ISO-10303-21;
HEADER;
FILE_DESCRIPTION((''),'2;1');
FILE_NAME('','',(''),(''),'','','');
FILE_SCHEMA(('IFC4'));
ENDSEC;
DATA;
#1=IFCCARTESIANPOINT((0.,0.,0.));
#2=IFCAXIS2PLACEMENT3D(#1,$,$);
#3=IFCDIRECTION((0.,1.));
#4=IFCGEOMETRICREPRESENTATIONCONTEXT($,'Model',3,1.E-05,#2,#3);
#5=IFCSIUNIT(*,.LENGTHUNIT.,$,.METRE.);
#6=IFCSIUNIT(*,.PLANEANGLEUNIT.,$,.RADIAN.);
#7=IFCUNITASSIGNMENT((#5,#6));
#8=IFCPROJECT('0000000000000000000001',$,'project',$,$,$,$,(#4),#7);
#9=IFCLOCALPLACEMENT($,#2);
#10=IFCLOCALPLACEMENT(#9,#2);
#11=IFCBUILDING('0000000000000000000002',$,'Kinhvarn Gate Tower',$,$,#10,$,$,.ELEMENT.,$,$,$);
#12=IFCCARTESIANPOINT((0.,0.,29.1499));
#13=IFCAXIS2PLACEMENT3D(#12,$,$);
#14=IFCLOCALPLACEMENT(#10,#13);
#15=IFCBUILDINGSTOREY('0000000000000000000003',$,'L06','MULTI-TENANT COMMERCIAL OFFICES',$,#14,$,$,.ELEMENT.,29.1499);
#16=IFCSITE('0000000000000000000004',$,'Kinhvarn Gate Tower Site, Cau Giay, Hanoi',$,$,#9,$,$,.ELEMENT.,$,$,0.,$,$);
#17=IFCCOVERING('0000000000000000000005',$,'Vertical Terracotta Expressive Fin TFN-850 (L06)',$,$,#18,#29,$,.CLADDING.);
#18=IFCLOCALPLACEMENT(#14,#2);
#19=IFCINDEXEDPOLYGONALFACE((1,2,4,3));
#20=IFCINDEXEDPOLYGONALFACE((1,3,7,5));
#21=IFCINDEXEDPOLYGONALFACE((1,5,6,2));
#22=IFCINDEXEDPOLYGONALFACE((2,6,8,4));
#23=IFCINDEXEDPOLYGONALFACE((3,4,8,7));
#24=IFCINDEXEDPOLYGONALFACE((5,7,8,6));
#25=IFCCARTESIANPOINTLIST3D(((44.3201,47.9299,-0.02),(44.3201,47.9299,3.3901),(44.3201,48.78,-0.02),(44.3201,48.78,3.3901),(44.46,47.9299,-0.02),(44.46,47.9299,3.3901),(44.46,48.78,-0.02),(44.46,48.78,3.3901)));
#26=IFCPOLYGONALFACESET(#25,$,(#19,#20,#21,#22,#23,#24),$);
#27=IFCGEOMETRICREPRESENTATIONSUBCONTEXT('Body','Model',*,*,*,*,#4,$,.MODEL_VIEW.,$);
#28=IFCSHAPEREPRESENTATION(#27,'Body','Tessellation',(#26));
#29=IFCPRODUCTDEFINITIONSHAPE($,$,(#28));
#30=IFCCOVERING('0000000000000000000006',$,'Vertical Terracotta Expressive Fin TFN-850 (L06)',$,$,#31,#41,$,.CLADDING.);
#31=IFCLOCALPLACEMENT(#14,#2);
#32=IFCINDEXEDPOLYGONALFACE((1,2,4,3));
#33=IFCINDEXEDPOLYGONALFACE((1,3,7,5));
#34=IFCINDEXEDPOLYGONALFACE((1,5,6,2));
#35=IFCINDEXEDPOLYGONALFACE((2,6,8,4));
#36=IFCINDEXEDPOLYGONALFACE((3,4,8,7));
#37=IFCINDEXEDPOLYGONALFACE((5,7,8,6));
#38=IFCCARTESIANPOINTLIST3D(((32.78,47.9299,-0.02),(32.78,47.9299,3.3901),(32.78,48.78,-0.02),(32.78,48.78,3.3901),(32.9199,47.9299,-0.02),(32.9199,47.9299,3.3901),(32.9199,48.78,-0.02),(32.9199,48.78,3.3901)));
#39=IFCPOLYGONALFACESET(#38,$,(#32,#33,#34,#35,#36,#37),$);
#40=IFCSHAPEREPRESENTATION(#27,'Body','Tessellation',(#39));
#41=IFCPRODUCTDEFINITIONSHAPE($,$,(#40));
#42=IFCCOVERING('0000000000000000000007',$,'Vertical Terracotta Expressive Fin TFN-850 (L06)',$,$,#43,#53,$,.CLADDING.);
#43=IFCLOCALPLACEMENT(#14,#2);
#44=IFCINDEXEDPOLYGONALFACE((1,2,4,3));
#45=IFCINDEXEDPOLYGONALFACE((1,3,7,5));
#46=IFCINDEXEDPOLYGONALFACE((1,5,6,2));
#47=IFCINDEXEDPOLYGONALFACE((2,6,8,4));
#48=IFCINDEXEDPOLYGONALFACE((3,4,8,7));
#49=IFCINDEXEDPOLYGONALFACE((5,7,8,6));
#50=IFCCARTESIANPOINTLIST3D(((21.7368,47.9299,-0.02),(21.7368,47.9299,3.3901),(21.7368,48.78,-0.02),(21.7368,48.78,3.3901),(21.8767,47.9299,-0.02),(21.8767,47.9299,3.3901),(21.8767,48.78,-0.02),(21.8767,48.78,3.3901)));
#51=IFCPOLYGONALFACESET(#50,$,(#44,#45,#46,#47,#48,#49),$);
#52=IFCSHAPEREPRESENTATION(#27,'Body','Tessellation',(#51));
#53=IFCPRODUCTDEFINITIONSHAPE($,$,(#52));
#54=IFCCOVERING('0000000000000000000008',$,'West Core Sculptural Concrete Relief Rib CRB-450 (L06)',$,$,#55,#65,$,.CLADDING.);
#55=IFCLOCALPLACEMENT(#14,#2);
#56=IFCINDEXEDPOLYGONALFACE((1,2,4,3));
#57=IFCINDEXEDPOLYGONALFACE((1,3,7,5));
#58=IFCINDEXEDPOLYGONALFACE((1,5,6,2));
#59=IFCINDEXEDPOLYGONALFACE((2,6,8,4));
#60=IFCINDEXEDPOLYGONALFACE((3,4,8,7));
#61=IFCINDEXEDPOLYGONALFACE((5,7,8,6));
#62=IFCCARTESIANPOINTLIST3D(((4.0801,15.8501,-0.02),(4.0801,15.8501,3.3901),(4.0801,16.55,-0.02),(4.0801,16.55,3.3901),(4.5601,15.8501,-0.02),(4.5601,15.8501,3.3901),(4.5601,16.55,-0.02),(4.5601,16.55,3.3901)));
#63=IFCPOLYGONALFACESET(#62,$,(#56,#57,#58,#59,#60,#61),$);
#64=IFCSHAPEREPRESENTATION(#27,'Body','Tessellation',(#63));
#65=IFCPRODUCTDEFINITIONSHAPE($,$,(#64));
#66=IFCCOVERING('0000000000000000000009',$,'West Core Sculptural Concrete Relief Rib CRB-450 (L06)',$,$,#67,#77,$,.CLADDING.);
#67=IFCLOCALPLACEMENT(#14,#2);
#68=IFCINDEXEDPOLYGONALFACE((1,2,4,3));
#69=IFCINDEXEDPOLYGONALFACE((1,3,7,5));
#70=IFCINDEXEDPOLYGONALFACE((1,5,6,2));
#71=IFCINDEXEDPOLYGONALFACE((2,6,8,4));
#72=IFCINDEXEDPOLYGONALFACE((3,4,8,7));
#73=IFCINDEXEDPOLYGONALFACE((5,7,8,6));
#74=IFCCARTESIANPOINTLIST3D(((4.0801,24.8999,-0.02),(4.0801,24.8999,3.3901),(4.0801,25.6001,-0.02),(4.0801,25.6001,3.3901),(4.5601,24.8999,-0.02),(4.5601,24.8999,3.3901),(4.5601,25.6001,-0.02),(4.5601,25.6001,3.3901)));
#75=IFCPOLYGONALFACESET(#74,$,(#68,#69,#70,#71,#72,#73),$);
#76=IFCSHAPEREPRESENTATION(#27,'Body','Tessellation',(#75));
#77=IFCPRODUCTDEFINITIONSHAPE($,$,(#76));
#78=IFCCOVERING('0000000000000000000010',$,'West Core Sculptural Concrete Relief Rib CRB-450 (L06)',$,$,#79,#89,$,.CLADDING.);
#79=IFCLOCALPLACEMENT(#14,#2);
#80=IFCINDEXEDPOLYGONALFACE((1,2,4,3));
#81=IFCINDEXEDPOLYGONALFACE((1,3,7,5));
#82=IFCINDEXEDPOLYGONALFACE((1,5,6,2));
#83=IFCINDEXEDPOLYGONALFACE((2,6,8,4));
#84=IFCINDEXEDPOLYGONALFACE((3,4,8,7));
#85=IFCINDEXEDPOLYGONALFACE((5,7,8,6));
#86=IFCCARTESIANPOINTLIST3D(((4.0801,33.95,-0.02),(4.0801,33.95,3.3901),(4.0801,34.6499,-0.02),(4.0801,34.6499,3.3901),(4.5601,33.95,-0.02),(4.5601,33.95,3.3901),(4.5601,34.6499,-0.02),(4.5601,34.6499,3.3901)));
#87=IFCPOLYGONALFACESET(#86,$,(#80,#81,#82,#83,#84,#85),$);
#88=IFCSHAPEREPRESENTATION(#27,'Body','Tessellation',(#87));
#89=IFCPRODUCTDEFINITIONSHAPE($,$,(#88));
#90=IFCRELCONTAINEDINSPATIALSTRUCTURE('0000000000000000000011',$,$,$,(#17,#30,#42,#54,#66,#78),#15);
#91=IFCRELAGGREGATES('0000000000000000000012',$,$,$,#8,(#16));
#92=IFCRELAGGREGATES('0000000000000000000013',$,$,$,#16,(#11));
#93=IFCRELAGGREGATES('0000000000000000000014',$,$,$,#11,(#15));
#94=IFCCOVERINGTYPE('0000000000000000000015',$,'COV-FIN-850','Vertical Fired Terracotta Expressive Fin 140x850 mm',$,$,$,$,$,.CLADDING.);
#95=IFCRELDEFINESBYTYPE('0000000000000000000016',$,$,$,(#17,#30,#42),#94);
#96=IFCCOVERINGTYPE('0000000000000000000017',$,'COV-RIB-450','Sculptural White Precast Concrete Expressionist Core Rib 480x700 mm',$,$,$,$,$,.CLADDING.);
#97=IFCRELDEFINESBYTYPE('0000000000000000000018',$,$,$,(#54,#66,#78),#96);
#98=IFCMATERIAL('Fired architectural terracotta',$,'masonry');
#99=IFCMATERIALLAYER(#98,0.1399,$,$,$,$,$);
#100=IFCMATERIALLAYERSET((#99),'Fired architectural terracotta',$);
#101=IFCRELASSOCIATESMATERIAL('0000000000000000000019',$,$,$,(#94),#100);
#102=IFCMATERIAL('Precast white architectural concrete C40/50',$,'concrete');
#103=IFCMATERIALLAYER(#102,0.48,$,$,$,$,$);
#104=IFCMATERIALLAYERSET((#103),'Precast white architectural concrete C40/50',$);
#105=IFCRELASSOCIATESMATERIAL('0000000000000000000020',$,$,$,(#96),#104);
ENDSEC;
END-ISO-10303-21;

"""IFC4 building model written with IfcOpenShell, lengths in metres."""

from ifc_helpers import new_model, si_unit, direction, frame, origin, place, context, subcontext, project, spatial, polyline, outline, extrude, material, layer, layer_set, type_object, element, save


model = new_model("IFC4")

# Units and contexts
model_context = context("Model", 3, precision=1e-05, world=origin(), true_north=direction((0.0, 1.0)))
body_context = subcontext(model_context, "Body", "Model", "MODEL_VIEW")
ifc_project = project(units=[si_unit("LENGTHUNIT", "METRE"), si_unit("PLANEANGLEUNIT", "RADIAN")], contexts=[model_context])

# Site, building, storey
site_placement = place(None, origin())
site = spatial("IfcSite", under=ifc_project, at=site_placement, Name="Kinhvarn Gate Tower Site, Cau Giay, Hanoi", CompositionType="ELEMENT", RefElevation=0.0)
building_placement = place(site_placement, origin())
building = spatial("IfcBuilding", under=site, at=building_placement, Name="Kinhvarn Gate Tower", CompositionType="ELEMENT")
storey_placement = place(building_placement, frame((0.0, 0.0, 29.1499)))
storey = spatial("IfcBuildingStorey", under=building, at=storey_placement, Name="L06", Description="MULTI-TENANT COMMERCIAL OFFICES", CompositionType="ELEMENT", Elevation=29.1499)

# Shared definitions
ifc_material_1 = material(Name="Precast white architectural concrete C40/50", Category="concrete")

# Coverings
ifc_material_2 = material(Name="Fired architectural terracotta", Category="masonry")
ifc_layer_1 = layer(ifc_material_2, 0.1399)
ifc_layer_set_1 = layer_set([ifc_layer_1], Name="Fired architectural terracotta")
covering_type_1 = type_object("IfcCoveringType", Name="COV-FIN-850", Description="Vertical Fired Terracotta Expressive Fin 140x850 mm", PredefinedType="CLADDING", material=ifc_layer_set_1)
covering_1_placement = place(storey_placement, frame((0.0, 0.0, -0.02)))
element("IfcCovering", 1, at=covering_1_placement, inside=storey, type_object=covering_type_1, Name="Vertical Terracotta Expressive Fin TFN-850 (L06)", PredefinedType="CLADDING", context=body_context, shape_type="SweptSolid", body=[
    extrude(outline(polyline([(44.46, 47.9299), (44.3201, 47.9299), (44.3201, 48.78), (44.46, 48.78), (44.46, 47.9299)])), origin(), (0.0, 0.0, 1.0), 3.4102),
])
covering_2_placement = place(storey_placement, frame((0.0, 0.0, -0.02)))
element("IfcCovering", 2, at=covering_2_placement, inside=storey, type_object=covering_type_1, Name="Vertical Terracotta Expressive Fin TFN-850 (L06)", PredefinedType="CLADDING", context=body_context, shape_type="SweptSolid", body=[
    extrude(outline(polyline([(32.9199, 47.9299), (32.78, 47.9299), (32.78, 48.78), (32.9199, 48.78), (32.9199, 47.9299)])), origin(), (0.0, 0.0, 1.0), 3.4102),
])
covering_3_placement = place(storey_placement, frame((0.0, 0.0, -0.02)))
element("IfcCovering", 3, at=covering_3_placement, inside=storey, type_object=covering_type_1, Name="Vertical Terracotta Expressive Fin TFN-850 (L06)", PredefinedType="CLADDING", context=body_context, shape_type="SweptSolid", body=[
    extrude(outline(polyline([(21.8767, 47.9299), (21.7368, 47.9299), (21.7368, 48.78), (21.8767, 48.78), (21.8767, 47.9299)])), origin(), (0.0, 0.0, 1.0), 3.4102),
])
ifc_layer_2 = layer(ifc_material_1, 0.48)
ifc_layer_set_2 = layer_set([ifc_layer_2], Name="Precast white architectural concrete C40/50")
covering_type_2 = type_object("IfcCoveringType", Name="COV-RIB-450", Description="Sculptural White Precast Concrete Expressionist Core Rib 480x700 mm", PredefinedType="CLADDING", material=ifc_layer_set_2)
covering_4_placement = place(storey_placement, frame((0.0, 0.0, -0.02)))
element("IfcCovering", 4, at=covering_4_placement, inside=storey, type_object=covering_type_2, Name="West Core Sculptural Concrete Relief Rib CRB-450 (L06)", PredefinedType="CLADDING", context=body_context, shape_type="SweptSolid", body=[
    extrude(outline(polyline([(4.0801, 15.8501), (4.5601, 15.8501), (4.5601, 16.55), (4.0801, 16.55), (4.0801, 15.8501)])), origin(), (0.0, 0.0, 1.0), 3.4102),
])
covering_5_placement = place(storey_placement, frame((0.0, 0.0, -0.02)))
element("IfcCovering", 5, at=covering_5_placement, inside=storey, type_object=covering_type_2, Name="West Core Sculptural Concrete Relief Rib CRB-450 (L06)", PredefinedType="CLADDING", context=body_context, shape_type="SweptSolid", body=[
    extrude(outline(polyline([(4.0801, 24.8999), (4.5601, 24.8999), (4.5601, 25.6001), (4.0801, 25.6001), (4.0801, 24.8999)])), origin(), (0.0, 0.0, 1.0), 3.4102),
])
covering_6_placement = place(storey_placement, frame((0.0, 0.0, -0.02)))
element("IfcCovering", 6, at=covering_6_placement, inside=storey, type_object=covering_type_2, Name="West Core Sculptural Concrete Relief Rib CRB-450 (L06)", PredefinedType="CLADDING", context=body_context, shape_type="SweptSolid", body=[
    extrude(outline(polyline([(4.0801, 33.95), (4.5601, 33.95), (4.5601, 34.6499), (4.0801, 34.6499), (4.0801, 33.95)])), origin(), (0.0, 0.0, 1.0), 3.4102),
])

save(model, "model.ifc")
